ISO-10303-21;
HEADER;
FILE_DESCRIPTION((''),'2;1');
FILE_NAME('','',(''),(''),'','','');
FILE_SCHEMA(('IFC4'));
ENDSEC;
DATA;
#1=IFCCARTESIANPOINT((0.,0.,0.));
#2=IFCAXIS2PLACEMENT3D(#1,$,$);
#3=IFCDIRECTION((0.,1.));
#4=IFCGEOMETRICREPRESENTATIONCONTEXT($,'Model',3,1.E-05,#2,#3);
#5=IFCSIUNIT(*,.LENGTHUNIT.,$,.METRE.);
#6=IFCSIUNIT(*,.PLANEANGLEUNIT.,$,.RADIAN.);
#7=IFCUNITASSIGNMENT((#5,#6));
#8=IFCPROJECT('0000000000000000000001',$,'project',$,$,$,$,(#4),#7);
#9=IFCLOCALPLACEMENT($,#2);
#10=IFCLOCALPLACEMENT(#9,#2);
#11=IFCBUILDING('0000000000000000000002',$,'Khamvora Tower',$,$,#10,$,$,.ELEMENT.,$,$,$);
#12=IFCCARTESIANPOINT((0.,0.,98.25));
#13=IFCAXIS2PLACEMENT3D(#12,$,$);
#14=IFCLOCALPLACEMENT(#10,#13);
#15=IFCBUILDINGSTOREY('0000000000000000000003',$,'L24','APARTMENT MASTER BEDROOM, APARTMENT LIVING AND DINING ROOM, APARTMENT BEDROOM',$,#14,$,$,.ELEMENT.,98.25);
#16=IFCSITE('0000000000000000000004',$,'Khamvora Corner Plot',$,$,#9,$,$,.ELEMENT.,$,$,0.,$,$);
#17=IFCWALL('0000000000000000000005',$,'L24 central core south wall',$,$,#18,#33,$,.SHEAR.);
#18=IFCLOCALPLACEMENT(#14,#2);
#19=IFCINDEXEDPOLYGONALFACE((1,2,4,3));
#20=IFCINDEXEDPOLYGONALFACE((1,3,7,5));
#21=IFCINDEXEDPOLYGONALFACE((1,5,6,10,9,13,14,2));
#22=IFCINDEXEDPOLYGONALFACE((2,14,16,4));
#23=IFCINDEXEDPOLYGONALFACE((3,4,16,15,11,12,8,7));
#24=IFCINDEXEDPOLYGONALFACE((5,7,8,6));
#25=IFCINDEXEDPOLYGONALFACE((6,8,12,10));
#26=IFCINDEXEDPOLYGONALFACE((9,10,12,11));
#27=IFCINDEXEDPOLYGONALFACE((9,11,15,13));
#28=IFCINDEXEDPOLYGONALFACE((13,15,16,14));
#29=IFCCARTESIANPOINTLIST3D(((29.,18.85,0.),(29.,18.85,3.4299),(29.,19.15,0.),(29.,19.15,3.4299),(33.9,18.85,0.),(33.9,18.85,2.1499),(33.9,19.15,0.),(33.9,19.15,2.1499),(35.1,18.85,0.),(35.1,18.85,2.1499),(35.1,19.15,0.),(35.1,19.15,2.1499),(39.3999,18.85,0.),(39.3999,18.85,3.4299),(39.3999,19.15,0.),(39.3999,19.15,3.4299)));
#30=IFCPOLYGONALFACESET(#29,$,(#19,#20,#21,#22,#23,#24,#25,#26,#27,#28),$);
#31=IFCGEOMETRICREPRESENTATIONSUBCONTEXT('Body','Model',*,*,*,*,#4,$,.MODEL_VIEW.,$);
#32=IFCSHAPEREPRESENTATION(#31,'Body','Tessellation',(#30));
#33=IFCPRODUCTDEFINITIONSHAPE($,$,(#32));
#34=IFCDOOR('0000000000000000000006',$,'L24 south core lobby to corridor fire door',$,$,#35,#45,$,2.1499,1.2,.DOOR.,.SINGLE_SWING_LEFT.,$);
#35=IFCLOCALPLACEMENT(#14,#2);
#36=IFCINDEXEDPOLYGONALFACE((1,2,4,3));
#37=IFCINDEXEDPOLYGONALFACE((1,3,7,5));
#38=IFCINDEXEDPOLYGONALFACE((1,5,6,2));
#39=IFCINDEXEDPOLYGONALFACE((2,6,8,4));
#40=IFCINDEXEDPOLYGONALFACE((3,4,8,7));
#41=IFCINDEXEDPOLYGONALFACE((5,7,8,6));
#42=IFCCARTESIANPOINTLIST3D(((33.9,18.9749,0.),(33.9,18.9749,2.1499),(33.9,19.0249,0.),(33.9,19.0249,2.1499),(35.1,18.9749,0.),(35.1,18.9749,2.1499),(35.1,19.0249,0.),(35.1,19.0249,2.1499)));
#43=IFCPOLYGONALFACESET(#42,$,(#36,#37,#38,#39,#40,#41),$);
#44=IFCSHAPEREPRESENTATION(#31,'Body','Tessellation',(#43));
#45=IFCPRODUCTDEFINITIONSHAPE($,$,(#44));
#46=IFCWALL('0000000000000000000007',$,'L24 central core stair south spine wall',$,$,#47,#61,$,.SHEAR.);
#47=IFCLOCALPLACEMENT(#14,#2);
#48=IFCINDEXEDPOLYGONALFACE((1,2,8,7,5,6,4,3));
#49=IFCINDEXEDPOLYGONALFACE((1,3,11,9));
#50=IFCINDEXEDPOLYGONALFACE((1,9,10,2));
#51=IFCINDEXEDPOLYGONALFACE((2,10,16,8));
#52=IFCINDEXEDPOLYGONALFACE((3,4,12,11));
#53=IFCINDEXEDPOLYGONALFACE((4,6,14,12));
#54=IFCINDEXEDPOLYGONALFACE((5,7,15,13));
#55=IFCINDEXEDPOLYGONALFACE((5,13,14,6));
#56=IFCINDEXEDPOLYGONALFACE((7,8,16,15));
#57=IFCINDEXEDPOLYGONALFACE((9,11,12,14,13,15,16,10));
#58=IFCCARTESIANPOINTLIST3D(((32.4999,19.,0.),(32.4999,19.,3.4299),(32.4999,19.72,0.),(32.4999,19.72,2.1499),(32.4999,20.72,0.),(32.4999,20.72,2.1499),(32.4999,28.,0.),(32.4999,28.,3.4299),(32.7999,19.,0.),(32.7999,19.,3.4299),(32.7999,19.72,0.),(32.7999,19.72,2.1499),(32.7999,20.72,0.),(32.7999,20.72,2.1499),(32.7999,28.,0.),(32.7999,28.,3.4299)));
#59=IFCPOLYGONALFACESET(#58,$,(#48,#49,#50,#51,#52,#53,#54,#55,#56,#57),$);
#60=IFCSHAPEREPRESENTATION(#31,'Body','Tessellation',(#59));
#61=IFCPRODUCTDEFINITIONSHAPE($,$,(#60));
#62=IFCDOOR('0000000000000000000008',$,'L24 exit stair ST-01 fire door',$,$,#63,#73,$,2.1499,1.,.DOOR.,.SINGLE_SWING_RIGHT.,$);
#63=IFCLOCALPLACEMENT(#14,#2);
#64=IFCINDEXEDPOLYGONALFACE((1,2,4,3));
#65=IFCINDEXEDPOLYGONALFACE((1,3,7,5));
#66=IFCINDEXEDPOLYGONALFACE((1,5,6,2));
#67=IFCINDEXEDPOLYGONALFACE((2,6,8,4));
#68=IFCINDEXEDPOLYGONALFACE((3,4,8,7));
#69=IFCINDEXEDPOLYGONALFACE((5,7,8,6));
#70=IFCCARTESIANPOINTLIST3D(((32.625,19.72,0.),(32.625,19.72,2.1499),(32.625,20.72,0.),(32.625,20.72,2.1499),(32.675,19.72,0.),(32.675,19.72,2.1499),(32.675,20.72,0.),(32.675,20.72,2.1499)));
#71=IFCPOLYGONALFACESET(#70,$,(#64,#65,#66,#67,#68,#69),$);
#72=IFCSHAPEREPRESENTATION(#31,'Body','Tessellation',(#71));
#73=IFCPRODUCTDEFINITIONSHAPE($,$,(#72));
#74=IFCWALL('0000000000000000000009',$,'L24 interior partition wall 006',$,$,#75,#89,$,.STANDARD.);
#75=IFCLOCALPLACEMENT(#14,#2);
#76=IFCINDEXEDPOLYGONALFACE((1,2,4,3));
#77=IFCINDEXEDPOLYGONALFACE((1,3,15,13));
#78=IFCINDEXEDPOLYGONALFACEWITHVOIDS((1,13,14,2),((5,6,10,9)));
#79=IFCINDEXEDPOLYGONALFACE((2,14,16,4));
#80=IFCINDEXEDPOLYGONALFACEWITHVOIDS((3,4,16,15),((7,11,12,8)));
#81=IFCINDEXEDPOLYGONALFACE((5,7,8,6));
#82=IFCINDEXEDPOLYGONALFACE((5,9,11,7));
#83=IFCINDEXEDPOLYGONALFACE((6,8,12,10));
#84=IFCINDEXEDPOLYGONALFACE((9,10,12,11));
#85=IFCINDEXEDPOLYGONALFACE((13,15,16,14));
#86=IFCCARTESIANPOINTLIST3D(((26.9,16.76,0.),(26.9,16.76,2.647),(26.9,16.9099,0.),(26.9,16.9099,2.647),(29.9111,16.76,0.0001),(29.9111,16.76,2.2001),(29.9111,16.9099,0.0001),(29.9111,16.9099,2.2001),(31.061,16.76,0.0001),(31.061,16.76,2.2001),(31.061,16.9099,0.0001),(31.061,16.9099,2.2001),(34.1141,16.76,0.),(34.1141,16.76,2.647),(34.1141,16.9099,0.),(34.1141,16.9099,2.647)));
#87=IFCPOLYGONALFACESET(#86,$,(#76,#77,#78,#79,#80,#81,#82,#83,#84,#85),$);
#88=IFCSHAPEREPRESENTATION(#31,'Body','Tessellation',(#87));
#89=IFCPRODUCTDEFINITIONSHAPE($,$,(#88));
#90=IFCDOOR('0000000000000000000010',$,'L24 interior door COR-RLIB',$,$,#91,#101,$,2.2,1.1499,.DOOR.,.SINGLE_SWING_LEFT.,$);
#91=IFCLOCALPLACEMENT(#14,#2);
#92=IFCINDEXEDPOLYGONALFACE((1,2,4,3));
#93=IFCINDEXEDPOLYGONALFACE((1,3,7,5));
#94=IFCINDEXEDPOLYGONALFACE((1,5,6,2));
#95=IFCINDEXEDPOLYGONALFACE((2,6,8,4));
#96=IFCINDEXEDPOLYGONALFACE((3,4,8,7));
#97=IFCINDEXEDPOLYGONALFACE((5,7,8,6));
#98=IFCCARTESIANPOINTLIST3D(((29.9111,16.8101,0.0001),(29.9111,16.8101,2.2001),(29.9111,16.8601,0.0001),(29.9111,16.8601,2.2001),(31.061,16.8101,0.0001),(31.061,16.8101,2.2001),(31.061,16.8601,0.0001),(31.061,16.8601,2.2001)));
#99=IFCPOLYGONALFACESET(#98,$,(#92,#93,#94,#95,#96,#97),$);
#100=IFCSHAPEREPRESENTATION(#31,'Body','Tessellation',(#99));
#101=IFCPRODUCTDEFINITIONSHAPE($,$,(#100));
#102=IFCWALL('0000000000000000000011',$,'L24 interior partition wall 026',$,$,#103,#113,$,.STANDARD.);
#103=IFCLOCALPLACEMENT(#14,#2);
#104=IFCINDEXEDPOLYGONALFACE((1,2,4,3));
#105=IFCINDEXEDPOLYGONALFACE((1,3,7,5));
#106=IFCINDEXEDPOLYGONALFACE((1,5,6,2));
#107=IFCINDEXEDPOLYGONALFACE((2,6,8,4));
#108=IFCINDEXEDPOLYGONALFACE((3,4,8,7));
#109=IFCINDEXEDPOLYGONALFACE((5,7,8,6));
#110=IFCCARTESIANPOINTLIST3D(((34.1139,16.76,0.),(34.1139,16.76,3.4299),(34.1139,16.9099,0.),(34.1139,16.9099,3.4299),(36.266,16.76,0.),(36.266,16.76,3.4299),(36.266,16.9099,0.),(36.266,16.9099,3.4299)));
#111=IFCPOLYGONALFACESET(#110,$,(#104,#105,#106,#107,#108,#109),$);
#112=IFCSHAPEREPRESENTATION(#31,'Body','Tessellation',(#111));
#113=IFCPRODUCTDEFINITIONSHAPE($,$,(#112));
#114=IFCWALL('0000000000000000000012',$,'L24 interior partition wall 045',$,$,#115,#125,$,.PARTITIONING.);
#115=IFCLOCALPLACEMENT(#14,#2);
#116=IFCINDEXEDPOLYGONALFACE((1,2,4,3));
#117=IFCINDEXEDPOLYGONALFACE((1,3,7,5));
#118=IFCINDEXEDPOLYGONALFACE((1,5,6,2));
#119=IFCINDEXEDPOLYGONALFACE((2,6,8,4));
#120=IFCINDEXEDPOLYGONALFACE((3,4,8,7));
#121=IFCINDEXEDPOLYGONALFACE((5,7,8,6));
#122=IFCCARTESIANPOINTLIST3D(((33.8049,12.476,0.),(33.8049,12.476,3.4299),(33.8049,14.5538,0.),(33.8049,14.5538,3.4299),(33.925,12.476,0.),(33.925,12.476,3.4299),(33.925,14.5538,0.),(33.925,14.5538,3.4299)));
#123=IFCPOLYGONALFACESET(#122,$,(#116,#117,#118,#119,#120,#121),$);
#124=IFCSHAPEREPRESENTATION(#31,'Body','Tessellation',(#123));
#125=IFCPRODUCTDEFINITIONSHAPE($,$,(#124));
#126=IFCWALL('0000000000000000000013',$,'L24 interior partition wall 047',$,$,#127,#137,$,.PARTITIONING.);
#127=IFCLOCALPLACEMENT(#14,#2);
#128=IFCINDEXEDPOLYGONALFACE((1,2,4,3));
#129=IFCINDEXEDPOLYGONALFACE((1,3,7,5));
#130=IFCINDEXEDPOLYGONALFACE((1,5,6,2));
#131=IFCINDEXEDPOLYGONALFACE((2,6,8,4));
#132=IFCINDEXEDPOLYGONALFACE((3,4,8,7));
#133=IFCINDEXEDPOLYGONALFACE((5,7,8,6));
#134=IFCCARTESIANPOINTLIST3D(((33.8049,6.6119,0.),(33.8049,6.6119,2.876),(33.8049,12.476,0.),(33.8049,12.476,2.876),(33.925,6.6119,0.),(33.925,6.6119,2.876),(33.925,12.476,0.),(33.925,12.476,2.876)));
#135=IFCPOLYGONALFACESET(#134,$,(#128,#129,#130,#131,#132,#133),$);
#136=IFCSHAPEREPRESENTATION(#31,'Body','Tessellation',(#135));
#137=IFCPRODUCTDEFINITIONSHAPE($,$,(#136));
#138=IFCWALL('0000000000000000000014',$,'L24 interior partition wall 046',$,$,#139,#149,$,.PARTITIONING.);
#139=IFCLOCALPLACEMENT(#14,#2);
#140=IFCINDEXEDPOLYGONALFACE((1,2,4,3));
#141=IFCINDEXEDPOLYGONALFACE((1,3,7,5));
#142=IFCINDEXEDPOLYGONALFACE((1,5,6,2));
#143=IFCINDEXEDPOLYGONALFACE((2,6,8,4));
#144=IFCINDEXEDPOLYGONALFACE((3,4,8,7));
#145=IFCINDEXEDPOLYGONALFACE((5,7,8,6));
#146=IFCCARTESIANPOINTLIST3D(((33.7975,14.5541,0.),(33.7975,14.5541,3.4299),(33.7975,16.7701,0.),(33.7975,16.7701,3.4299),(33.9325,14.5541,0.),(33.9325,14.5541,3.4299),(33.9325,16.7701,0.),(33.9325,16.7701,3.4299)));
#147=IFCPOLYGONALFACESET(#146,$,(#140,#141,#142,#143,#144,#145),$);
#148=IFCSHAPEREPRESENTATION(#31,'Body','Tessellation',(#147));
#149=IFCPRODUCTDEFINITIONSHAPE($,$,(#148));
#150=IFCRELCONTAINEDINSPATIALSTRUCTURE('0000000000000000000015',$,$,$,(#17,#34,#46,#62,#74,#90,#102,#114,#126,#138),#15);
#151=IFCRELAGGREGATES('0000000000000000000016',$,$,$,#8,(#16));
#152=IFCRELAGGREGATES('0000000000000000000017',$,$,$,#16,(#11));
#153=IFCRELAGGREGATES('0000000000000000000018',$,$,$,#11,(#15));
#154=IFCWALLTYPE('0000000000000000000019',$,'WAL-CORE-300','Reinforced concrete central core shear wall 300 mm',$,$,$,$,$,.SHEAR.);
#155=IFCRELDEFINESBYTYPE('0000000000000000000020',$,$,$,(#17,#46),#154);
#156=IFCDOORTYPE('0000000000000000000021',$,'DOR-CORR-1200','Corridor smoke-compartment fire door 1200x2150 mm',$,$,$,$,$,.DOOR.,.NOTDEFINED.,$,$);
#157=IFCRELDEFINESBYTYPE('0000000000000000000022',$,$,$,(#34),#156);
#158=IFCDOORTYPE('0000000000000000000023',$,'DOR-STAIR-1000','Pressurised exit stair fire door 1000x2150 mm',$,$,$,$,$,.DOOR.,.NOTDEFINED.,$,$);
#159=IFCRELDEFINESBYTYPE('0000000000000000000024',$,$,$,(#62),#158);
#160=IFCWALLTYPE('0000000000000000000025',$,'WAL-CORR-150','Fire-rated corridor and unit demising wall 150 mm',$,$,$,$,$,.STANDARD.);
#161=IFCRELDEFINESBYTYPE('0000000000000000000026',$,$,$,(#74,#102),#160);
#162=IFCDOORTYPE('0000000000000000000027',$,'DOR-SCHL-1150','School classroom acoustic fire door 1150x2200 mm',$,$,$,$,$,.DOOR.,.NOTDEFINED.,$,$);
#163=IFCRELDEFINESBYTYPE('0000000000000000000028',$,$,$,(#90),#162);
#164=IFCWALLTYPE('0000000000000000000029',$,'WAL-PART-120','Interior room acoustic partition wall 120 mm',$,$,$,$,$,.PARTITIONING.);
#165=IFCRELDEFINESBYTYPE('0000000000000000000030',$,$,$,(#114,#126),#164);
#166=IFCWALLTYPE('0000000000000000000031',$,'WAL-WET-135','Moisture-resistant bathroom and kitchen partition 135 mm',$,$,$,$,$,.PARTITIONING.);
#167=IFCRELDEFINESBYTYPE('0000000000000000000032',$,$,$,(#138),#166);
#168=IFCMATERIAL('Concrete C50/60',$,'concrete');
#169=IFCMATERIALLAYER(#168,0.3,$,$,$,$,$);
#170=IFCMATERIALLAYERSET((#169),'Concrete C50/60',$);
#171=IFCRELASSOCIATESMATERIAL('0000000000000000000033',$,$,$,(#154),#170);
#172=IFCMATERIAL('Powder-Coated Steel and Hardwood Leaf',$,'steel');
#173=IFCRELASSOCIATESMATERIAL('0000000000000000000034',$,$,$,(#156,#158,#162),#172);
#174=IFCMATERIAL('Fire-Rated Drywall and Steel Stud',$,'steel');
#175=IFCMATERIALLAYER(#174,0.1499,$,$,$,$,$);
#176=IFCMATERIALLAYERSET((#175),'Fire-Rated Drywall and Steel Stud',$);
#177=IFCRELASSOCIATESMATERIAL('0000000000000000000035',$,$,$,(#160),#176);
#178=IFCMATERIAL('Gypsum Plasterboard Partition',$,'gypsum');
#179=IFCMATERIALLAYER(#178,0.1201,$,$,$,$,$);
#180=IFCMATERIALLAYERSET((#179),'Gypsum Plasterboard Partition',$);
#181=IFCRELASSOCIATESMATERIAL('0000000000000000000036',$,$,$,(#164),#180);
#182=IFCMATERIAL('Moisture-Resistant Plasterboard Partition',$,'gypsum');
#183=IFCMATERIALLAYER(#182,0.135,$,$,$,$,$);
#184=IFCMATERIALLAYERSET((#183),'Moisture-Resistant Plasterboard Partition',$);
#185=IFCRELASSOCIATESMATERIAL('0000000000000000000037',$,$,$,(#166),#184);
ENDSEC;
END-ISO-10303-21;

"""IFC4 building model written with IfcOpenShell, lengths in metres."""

from ifc_helpers import new_model, si_unit, direction, frame, frame_2d, origin, place, context, subcontext, project, spatial, rectangle, extrude, material, layer, layer_set, type_object, element, fill, save


model = new_model("IFC4")

# Units and contexts
model_context = context("Model", 3, precision=1e-05, world=origin(), true_north=direction((0.0, 1.0)))
body_context = subcontext(model_context, "Body", "Model", "MODEL_VIEW")
ifc_project = project(units=[si_unit("LENGTHUNIT", "METRE"), si_unit("PLANEANGLEUNIT", "RADIAN")], contexts=[model_context])

# Site, building, storey
site_placement = place(None, origin())
site = spatial("IfcSite", under=ifc_project, at=site_placement, Name="Khamvora Corner Plot", CompositionType="ELEMENT", RefElevation=0.0)
building_placement = place(site_placement, origin())
building = spatial("IfcBuilding", under=site, at=building_placement, Name="Khamvora Tower", CompositionType="ELEMENT")
storey_placement = place(building_placement, frame((0.0, 0.0, 98.25)))
storey = spatial("IfcBuildingStorey", under=building, at=storey_placement, Name="L24", Description="APARTMENT MASTER BEDROOM, APARTMENT LIVING AND DINING ROOM, APARTMENT BEDROOM", CompositionType="ELEMENT", Elevation=98.25)

# Shared definitions
ifc_material_1 = material(Name="Concrete C50/60", Category="concrete")
ifc_layer_1 = layer(ifc_material_1, 0.3)
ifc_layer_set_1 = layer_set([ifc_layer_1], Name="Concrete C50/60")
wall_type_1 = type_object("IfcWallType", Name="WAL-CORE-300", Description="Reinforced concrete central core shear wall 300 mm", PredefinedType="SHEAR", material=ifc_layer_set_1)

# Walls, openings, doors
wall_1_placement = place(storey_placement, frame((29.0, 19.0, 0.0), z_axis=(0.0, 0.0, 1.0), x_axis=(1.0, 0.0, 0.0)))
wall_1 = element("IfcWall", 1, at=wall_1_placement, inside=storey, type_object=wall_type_1, Name="L24 central core south wall", PredefinedType="SHEAR", context=body_context, shape_type="SweptSolid", body=[
    extrude(rectangle(XDim=10.3999, YDim=0.3, at=frame_2d((5.2, 0.0))), origin(), (0.0, 0.0, 1.0), 3.4299),
])
opening_1_placement = place(wall_1_placement, frame((4.8999, 0.0, 0.0)))
opening_1 = element("IfcOpeningElement", 2, at=opening_1_placement, cuts=wall_1, PredefinedType="OPENING", context=body_context, shape_type="SweptSolid", body=[
    extrude(rectangle(XDim=1.2, YDim=2.1499, at=frame_2d((0.6001, 1.075))), frame((0.0, 0.1599, 0.0), z_axis=(0.0, -1.0, 0.0), x_axis=(1.0, 0.0, 0.0)), (0.0, 0.0, 1.0), 0.3201),
])
ifc_material_2 = material(Name="Powder-Coated Steel and Hardwood Leaf", Category="steel")
door_type_1 = type_object("IfcDoorType", Name="DOR-CORR-1200", Description="Corridor smoke-compartment fire door 1200x2150 mm", OperationType="NOTDEFINED", PredefinedType="DOOR", material=ifc_material_2)
door_1_placement = place(opening_1_placement, origin())
door_1 = element("IfcDoor", 3, at=door_1_placement, inside=storey, type_object=door_type_1, Name="L24 south core lobby to corridor fire door", OperationType="SINGLE_SWING_LEFT", OverallHeight=2.1499, OverallWidth=1.2, PredefinedType="DOOR", context=body_context, shape_type="SweptSolid", body=[
    extrude(rectangle(XDim=1.2, YDim=2.1499, at=frame_2d((0.6001, 1.075))), frame((0.0, 0.0249, 0.0), z_axis=(0.0, -1.0, 0.0), x_axis=(1.0, 0.0, 0.0)), (0.0, 0.0, 1.0), 0.05),
])
fill(opening_1, door_1)
wall_2_placement = place(storey_placement, frame((32.6499, 19.0, 0.0), z_axis=(0.0, 0.0, 1.0), x_axis=(0.0, 1.0, 0.0)))
wall_2 = element("IfcWall", 4, at=wall_2_placement, inside=storey, type_object=wall_type_1, Name="L24 central core stair south spine wall", PredefinedType="SHEAR", context=body_context, shape_type="SweptSolid", body=[
    extrude(rectangle(XDim=9.0, YDim=0.3, at=frame_2d((4.5, 0.0))), origin(), (0.0, 0.0, 1.0), 3.4299),
])
opening_2_placement = place(wall_2_placement, frame((0.72, 0.0, 0.0)))
opening_2 = element("IfcOpeningElement", 5, at=opening_2_placement, cuts=wall_2, PredefinedType="OPENING", context=body_context, shape_type="SweptSolid", body=[
    extrude(rectangle(XDim=1.0, YDim=2.1499, at=frame_2d((0.5, 1.075))), frame((0.0, 0.1599, 0.0), z_axis=(0.0, -1.0, 0.0), x_axis=(1.0, 0.0, 0.0)), (0.0, 0.0, 1.0), 0.3201),
])
door_type_2 = type_object("IfcDoorType", Name="DOR-STAIR-1000", Description="Pressurised exit stair fire door 1000x2150 mm", OperationType="NOTDEFINED", PredefinedType="DOOR", material=ifc_material_2)
door_2_placement = place(opening_2_placement, origin())
door_2 = element("IfcDoor", 6, at=door_2_placement, inside=storey, type_object=door_type_2, Name="L24 exit stair ST-01 fire door", OperationType="SINGLE_SWING_RIGHT", OverallHeight=2.1499, OverallWidth=1.0, PredefinedType="DOOR", context=body_context, shape_type="SweptSolid", body=[
    extrude(rectangle(XDim=1.0, YDim=2.1499, at=frame_2d((0.5, 1.075))), frame((0.0, 0.0249, 0.0), z_axis=(0.0, -1.0, 0.0), x_axis=(1.0, 0.0, 0.0)), (0.0, 0.0, 1.0), 0.05),
])
fill(opening_2, door_2)
ifc_material_3 = material(Name="Fire-Rated Drywall and Steel Stud", Category="steel")
ifc_layer_2 = layer(ifc_material_3, 0.1499)
ifc_layer_set_2 = layer_set([ifc_layer_2], Name="Fire-Rated Drywall and Steel Stud")
wall_type_2 = type_object("IfcWallType", Name="WAL-CORR-150", Description="Fire-rated corridor and unit demising wall 150 mm", PredefinedType="STANDARD", material=ifc_layer_set_2)
wall_3_placement = place(storey_placement, frame((34.114, 16.835, 0.0), z_axis=(0.0, 0.0, 1.0), x_axis=(-1.0, 0.0, 0.0)))
wall_3 = element("IfcWall", 7, at=wall_3_placement, inside=storey, type_object=wall_type_2, Name="L24 interior partition wall 006", PredefinedType="STANDARD", context=body_context, shape_type="SweptSolid", body=[
    extrude(rectangle(XDim=7.2141, YDim=0.1499, at=frame_2d((3.6069, 0.0))), origin(), (0.0, 0.0, 1.0), 2.647),
])
opening_3_placement = place(wall_3_placement, frame((3.053, 0.0, 0.0)))
opening_3 = element("IfcOpeningElement", 8, at=opening_3_placement, cuts=wall_3, PredefinedType="OPENING", context=body_context, shape_type="SweptSolid", body=[
    extrude(rectangle(XDim=1.1499, YDim=2.2, at=frame_2d((0.575, 1.1001))), frame((0.0, 0.085, 0.0), z_axis=(0.0, -1.0, 0.0), x_axis=(1.0, 0.0, 0.0)), (0.0, 0.0, 1.0), 0.1699),
])
door_type_3 = type_object("IfcDoorType", Name="DOR-SCHL-1150", Description="School classroom acoustic fire door 1150x2200 mm", OperationType="NOTDEFINED", PredefinedType="DOOR", material=ifc_material_2)
door_3_placement = place(opening_3_placement, origin())
door_3 = element("IfcDoor", 9, at=door_3_placement, inside=storey, type_object=door_type_3, Name="L24 interior door COR-RLIB", OperationType="SINGLE_SWING_LEFT", OverallHeight=2.2, OverallWidth=1.1499, PredefinedType="DOOR", context=body_context, shape_type="SweptSolid", body=[
    extrude(rectangle(XDim=1.1499, YDim=2.2, at=frame_2d((0.575, 1.1001))), frame((0.0, 0.0249, 0.0), z_axis=(0.0, -1.0, 0.0), x_axis=(1.0, 0.0, 0.0)), (0.0, 0.0, 1.0), 0.05),
])
fill(opening_3, door_3)

# Walls
wall_4_placement = place(storey_placement, frame((36.2661, 16.835, 0.0), z_axis=(0.0, 0.0, 1.0), x_axis=(-1.0, 0.0, 0.0)))
element("IfcWall", 10, at=wall_4_placement, inside=storey, type_object=wall_type_2, Name="L24 interior partition wall 026", PredefinedType="STANDARD", context=body_context, shape_type="SweptSolid", body=[
    extrude(rectangle(XDim=2.1521, YDim=0.1499, at=frame_2d((1.0762, 0.0))), origin(), (0.0, 0.0, 1.0), 3.4299),
])
ifc_material_4 = material(Name="Gypsum Plasterboard Partition", Category="gypsum")
ifc_layer_3 = layer(ifc_material_4, 0.1201)
ifc_layer_set_3 = layer_set([ifc_layer_3], Name="Gypsum Plasterboard Partition")
wall_type_3 = type_object("IfcWallType", Name="WAL-PART-120", Description="Interior room acoustic partition wall 120 mm", PredefinedType="PARTITIONING", material=ifc_layer_set_3)
wall_5_placement = place(storey_placement, frame((33.865, 14.554, 0.0), z_axis=(0.0, 0.0, 1.0), x_axis=(0.0, -1.0, 0.0)))
element("IfcWall", 11, at=wall_5_placement, inside=storey, type_object=wall_type_3, Name="L24 interior partition wall 045", PredefinedType="PARTITIONING", context=body_context, shape_type="SweptSolid", body=[
    extrude(rectangle(XDim=2.0779, YDim=0.1201, at=frame_2d((1.0391, 0.0))), origin(), (0.0, 0.0, 1.0), 3.4299),
])
wall_6_placement = place(storey_placement, frame((33.865, 12.4761, 0.0), z_axis=(0.0, 0.0, 1.0), x_axis=(0.0, -1.0, 0.0)))
element("IfcWall", 12, at=wall_6_placement, inside=storey, type_object=wall_type_3, Name="L24 interior partition wall 047", PredefinedType="PARTITIONING", context=body_context, shape_type="SweptSolid", body=[
    extrude(rectangle(XDim=5.864, YDim=0.1201, at=frame_2d((2.9321, 0.0))), origin(), (0.0, 0.0, 1.0), 2.876),
])
ifc_material_5 = material(Name="Moisture-Resistant Plasterboard Partition", Category="gypsum")
ifc_layer_4 = layer(ifc_material_5, 0.135)
ifc_layer_set_4 = layer_set([ifc_layer_4], Name="Moisture-Resistant Plasterboard Partition")
wall_type_4 = type_object("IfcWallType", Name="WAL-WET-135", Description="Moisture-resistant bathroom and kitchen partition 135 mm", PredefinedType="PARTITIONING", material=ifc_layer_set_4)
wall_7_placement = place(storey_placement, frame((33.865, 16.77, 0.0), z_axis=(0.0, 0.0, 1.0), x_axis=(0.0, -1.0, 0.0)))
element("IfcWall", 13, at=wall_7_placement, inside=storey, type_object=wall_type_4, Name="L24 interior partition wall 046", PredefinedType="PARTITIONING", context=body_context, shape_type="SweptSolid", body=[
    extrude(rectangle(XDim=2.2161, YDim=0.135, at=frame_2d((1.1079, 0.0))), origin(), (0.0, 0.0, 1.0), 3.4299),
])

save(model, "model.ifc")
